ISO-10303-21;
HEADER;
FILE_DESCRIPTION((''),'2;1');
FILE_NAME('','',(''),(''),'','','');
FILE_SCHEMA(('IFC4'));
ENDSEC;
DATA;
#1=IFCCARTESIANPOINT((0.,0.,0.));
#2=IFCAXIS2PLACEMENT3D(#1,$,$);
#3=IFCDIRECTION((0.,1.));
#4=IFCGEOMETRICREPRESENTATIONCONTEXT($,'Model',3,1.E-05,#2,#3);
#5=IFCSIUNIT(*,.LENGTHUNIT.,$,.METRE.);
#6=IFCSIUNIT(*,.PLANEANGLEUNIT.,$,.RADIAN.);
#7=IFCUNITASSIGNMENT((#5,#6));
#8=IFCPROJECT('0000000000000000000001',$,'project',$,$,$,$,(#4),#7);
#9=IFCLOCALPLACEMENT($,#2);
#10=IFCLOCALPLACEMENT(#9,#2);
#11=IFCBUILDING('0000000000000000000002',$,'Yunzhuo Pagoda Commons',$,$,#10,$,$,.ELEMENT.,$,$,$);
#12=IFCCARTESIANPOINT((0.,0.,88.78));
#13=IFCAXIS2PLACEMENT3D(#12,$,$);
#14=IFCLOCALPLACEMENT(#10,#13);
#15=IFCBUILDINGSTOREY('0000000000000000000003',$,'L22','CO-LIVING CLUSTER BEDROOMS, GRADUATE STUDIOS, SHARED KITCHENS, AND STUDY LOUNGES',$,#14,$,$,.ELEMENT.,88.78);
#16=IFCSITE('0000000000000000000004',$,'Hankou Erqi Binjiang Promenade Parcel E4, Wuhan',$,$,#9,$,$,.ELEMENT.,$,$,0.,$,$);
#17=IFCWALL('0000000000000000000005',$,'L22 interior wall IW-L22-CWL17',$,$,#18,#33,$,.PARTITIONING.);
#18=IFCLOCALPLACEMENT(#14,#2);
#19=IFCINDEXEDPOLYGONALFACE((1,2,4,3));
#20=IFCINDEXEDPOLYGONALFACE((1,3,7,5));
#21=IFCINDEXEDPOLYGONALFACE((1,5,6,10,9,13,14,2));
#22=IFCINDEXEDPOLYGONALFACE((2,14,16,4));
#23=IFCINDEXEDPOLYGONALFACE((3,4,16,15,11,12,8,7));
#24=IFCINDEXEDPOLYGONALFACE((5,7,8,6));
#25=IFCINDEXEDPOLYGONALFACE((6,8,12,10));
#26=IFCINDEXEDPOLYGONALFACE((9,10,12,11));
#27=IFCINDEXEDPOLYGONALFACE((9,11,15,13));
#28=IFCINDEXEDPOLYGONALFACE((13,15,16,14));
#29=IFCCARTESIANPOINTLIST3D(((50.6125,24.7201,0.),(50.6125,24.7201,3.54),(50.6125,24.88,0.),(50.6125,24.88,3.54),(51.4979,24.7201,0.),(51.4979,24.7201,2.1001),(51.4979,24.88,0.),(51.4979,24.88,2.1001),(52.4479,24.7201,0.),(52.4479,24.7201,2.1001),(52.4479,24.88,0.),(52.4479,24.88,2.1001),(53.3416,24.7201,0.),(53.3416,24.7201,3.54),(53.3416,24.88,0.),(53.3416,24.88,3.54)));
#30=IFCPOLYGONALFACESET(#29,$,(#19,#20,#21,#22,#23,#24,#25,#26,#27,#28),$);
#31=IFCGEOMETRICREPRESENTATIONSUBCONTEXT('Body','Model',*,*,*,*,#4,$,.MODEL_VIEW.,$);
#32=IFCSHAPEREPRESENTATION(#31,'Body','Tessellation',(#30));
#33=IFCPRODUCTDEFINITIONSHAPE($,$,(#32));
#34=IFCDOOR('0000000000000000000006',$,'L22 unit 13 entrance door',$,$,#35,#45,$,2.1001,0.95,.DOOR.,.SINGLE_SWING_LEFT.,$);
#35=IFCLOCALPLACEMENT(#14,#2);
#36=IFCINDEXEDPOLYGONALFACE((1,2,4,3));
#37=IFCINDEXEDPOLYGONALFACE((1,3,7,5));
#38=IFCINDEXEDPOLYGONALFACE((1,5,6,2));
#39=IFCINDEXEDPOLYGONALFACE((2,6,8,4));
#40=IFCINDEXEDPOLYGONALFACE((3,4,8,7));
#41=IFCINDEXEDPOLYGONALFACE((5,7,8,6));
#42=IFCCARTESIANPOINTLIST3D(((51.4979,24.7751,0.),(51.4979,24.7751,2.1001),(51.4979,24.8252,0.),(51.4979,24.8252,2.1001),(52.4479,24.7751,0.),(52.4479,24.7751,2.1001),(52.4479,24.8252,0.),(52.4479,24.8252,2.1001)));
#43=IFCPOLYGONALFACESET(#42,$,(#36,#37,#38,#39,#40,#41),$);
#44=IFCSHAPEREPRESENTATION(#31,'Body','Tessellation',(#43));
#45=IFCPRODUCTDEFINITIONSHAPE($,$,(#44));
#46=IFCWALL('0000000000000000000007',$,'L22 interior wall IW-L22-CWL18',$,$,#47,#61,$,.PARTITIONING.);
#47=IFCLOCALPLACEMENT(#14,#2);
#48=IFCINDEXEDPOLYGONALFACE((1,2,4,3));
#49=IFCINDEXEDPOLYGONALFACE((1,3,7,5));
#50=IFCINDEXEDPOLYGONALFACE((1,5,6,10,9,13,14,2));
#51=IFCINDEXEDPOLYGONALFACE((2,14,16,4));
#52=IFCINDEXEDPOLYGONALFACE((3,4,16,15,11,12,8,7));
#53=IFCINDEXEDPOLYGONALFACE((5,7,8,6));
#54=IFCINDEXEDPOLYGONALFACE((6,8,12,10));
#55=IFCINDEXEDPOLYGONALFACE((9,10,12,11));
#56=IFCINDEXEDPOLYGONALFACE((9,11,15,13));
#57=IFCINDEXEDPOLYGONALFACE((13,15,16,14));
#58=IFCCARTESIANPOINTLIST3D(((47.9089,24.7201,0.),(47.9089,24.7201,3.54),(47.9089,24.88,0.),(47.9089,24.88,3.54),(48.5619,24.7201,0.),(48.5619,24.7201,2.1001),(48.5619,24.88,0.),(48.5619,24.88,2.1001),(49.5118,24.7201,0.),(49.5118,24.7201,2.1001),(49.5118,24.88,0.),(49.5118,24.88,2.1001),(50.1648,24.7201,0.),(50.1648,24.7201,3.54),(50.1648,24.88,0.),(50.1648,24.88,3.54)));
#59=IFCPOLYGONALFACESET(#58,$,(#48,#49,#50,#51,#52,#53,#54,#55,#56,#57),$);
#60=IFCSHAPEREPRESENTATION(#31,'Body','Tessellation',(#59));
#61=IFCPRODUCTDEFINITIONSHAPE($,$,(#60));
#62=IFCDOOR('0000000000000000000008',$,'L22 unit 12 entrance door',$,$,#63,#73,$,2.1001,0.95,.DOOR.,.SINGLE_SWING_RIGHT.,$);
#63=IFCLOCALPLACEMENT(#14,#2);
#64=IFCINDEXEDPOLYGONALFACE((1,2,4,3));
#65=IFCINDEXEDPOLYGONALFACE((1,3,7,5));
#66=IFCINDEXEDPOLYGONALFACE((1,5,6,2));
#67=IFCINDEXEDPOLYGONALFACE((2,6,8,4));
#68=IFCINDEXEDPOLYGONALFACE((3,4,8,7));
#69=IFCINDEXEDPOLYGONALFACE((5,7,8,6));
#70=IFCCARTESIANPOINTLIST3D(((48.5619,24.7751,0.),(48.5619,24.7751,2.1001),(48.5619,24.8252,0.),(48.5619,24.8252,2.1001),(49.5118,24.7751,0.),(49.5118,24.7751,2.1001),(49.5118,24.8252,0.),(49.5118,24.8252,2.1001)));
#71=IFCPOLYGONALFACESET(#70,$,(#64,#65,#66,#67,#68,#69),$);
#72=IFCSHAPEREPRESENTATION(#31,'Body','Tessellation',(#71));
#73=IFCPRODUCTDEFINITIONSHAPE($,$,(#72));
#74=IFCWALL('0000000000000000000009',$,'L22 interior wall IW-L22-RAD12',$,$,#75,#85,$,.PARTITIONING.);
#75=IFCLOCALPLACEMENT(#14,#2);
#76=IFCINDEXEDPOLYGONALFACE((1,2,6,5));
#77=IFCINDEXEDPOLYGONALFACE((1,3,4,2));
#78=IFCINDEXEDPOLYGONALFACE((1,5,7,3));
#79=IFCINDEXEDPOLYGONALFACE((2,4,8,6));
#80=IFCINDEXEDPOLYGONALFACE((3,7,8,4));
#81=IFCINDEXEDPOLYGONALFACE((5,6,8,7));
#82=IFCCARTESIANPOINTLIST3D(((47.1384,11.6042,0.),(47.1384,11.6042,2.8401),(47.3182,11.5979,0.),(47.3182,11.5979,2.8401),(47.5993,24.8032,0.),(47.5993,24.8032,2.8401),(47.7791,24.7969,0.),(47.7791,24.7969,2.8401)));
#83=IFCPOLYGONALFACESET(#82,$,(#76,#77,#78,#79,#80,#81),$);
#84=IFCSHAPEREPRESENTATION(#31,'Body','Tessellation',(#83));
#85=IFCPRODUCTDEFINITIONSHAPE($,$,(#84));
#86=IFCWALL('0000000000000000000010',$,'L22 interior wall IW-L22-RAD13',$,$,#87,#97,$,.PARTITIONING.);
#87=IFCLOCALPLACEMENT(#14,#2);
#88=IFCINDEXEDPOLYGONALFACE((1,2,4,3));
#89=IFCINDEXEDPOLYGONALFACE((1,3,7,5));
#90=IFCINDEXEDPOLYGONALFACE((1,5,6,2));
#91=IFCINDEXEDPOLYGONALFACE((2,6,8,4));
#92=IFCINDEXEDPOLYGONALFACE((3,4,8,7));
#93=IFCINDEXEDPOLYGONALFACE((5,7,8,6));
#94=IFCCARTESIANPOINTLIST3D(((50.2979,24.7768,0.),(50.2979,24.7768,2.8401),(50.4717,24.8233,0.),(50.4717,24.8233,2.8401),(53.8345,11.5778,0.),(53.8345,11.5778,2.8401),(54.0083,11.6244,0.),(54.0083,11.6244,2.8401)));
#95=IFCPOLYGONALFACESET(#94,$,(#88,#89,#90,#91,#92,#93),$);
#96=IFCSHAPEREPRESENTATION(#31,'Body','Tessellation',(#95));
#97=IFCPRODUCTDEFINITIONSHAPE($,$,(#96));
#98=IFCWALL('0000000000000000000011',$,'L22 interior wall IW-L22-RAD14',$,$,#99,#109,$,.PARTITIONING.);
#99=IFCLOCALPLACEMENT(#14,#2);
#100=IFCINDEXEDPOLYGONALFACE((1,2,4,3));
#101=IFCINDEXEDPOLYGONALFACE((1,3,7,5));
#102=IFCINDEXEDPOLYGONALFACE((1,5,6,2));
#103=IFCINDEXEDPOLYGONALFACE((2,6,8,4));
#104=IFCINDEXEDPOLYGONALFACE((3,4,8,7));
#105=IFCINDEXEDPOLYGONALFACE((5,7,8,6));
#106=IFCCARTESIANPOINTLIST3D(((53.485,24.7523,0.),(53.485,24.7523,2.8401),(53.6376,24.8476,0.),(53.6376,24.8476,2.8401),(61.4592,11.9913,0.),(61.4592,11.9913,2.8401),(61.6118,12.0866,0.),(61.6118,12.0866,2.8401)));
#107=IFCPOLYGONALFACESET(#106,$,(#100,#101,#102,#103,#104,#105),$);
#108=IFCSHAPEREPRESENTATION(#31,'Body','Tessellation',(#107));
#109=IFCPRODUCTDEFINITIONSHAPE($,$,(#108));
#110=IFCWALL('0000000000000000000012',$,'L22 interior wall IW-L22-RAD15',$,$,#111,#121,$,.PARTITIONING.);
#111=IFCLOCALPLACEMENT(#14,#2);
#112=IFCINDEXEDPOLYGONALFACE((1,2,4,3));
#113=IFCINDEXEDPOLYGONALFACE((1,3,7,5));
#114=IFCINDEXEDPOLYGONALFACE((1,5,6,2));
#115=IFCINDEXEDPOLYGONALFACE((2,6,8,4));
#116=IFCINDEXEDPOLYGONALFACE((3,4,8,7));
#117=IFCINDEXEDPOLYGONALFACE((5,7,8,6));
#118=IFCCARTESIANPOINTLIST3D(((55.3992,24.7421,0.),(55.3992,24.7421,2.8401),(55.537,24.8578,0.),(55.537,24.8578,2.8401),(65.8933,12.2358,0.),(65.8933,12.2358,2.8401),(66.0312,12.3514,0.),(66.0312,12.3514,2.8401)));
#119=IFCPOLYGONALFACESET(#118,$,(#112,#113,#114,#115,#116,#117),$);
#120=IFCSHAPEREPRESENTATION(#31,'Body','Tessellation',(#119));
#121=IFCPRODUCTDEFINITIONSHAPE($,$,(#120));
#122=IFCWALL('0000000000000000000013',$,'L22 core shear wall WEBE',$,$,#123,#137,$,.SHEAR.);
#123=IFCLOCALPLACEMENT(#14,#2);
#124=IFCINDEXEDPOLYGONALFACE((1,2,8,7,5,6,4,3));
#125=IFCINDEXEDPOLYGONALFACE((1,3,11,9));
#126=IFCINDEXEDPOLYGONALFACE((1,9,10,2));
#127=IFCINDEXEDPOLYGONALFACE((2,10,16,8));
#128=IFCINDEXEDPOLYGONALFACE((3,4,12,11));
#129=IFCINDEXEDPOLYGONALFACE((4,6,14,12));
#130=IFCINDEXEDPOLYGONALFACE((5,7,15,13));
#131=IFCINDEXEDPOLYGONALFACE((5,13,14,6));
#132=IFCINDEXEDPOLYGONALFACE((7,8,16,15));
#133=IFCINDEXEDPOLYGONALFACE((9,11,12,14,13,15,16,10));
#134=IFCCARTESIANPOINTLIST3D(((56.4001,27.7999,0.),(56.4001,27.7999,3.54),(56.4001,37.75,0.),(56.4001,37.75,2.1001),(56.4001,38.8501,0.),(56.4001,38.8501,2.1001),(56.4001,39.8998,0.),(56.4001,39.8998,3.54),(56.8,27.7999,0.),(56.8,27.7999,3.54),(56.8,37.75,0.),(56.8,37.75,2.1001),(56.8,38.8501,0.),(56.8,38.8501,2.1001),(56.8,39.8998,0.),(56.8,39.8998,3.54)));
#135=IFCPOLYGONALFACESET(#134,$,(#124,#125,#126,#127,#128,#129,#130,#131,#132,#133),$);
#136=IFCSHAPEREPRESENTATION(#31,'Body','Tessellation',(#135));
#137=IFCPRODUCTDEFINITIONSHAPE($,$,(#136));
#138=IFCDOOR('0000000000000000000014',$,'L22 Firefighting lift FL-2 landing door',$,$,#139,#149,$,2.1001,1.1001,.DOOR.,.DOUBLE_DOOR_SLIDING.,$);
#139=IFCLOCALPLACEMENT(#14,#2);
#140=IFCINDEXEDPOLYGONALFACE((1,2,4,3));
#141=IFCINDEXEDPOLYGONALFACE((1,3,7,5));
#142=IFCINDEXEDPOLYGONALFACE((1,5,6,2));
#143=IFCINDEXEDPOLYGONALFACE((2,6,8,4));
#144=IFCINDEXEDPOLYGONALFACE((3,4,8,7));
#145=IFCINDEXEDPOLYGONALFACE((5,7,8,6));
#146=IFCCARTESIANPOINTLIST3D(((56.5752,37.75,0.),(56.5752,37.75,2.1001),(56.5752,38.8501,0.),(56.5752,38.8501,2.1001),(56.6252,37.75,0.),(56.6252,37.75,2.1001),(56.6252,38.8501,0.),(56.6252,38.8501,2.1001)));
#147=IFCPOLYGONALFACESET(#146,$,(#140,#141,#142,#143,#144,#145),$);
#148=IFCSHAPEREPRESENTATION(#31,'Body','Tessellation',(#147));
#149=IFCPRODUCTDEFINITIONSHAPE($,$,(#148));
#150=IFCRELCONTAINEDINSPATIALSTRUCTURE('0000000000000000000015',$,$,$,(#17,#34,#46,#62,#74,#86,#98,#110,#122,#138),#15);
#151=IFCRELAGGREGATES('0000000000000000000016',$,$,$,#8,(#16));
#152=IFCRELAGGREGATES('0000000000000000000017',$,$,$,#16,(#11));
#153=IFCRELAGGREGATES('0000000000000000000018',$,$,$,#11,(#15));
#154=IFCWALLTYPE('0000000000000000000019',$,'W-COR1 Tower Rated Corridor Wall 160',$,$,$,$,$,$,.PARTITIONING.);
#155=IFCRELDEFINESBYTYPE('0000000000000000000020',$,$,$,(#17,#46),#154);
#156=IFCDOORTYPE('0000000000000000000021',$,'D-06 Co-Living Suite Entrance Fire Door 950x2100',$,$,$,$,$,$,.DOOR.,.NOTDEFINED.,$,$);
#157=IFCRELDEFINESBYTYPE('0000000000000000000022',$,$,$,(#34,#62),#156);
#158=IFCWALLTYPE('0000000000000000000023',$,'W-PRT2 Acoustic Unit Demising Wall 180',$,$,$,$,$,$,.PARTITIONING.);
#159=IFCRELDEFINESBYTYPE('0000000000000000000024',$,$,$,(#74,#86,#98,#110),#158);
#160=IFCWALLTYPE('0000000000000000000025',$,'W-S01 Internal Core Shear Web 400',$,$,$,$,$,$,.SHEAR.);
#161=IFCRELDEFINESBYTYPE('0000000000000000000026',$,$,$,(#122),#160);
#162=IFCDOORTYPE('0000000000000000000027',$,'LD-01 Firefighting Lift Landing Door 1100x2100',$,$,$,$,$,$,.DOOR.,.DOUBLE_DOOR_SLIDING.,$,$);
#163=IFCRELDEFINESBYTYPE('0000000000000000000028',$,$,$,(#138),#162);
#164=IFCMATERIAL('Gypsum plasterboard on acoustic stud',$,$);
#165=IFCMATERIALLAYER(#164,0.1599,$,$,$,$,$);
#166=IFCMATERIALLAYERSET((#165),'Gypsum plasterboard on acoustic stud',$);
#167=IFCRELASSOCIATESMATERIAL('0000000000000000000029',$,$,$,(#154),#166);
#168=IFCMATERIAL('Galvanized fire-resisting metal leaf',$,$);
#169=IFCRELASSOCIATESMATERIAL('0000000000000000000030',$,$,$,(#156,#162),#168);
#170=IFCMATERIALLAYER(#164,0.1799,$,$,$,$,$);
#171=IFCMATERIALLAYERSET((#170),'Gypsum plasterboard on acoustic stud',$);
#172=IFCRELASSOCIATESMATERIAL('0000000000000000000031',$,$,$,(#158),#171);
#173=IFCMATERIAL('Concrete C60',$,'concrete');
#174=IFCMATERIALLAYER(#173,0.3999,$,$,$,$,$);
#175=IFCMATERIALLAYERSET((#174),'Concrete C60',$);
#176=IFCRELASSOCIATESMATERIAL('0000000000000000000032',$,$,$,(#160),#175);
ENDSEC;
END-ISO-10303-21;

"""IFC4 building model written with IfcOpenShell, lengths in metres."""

from ifc_helpers import new_model, si_unit, direction, frame, frame_2d, origin, origin_with_axes, place, context, subcontext, project, spatial, rectangle, extrude, source, transform, mapped, material, layer, layer_set, type_object, element, fill, save


model = new_model("IFC4")

# Units and contexts
model_context = context("Model", 3, precision=1e-05, world=origin(), true_north=direction((0.0, 1.0)))
body_context = subcontext(model_context, "Body", "Model", "MODEL_VIEW")
ifc_project = project(units=[si_unit("LENGTHUNIT", "METRE"), si_unit("PLANEANGLEUNIT", "RADIAN")], contexts=[model_context])

# Site, building, storey
site_placement = place(None, origin())
site = spatial("IfcSite", under=ifc_project, at=site_placement, Name="Hankou Erqi Binjiang Promenade Parcel E4, Wuhan", CompositionType="ELEMENT", RefElevation=0.0)
building_placement = place(site_placement, origin())
building = spatial("IfcBuilding", under=site, at=building_placement, Name="Yunzhuo Pagoda Commons", CompositionType="ELEMENT")
storey_placement = place(building_placement, frame((0.0, 0.0, 88.78)))
storey = spatial("IfcBuildingStorey", under=building, at=storey_placement, Name="L22", Description="CO-LIVING CLUSTER BEDROOMS, GRADUATE STUDIOS, SHARED KITCHENS, AND STUDY LOUNGES", CompositionType="ELEMENT", Elevation=88.78)

# Shared definitions
ifc_material_1 = material(Name="Gypsum plasterboard on acoustic stud")
ifc_layer_1 = layer(ifc_material_1, 0.1599)
ifc_layer_set_1 = layer_set([ifc_layer_1], Name="Gypsum plasterboard on acoustic stud")
wall_type_1 = type_object("IfcWallType", Name="W-COR1 Tower Rated Corridor Wall 160", PredefinedType="PARTITIONING", material=ifc_layer_set_1)
ifc_material_2 = material(Name="Galvanized fire-resisting metal leaf")

# Walls, openings, doors
wall_1_placement = place(storey_placement, frame((53.3416, 24.8, 0.0), z_axis=(0.0, 0.0, 1.0), x_axis=(-1.0, 0.0, 0.0)))
wall_1 = element("IfcWall", 1, at=wall_1_placement, inside=storey, type_object=wall_type_1, Name="L22 interior wall IW-L22-CWL17", PredefinedType="PARTITIONING", context=body_context, shape_type="SweptSolid", body=[
    extrude(rectangle(XDim=2.729, YDim=0.1599, at=frame_2d((1.3645, 0.0))), origin(), (0.0, 0.0, 1.0), 3.54),
])
opening_1_placement = place(wall_1_placement, frame((0.8936, 0.0, 0.0)))
opening_1 = element("IfcOpeningElement", 2, at=opening_1_placement, cuts=wall_1, PredefinedType="OPENING", context=body_context, shape_type="SweptSolid", body=[
    extrude(rectangle(XDim=0.95, YDim=2.1001, at=frame_2d((0.4751, 1.05))), frame((0.0, 0.0898, 0.0), z_axis=(0.0, -1.0, 0.0), x_axis=(1.0, 0.0, 0.0)), (0.0, 0.0, 1.0), 0.1799),
])
door_type_1 = type_object("IfcDoorType", Name="D-06 Co-Living Suite Entrance Fire Door 950x2100", OperationType="NOTDEFINED", PredefinedType="DOOR", material=ifc_material_2)
shared_shape_1 = source(origin(), body_context, "Body", "SweptSolid", [
    extrude(rectangle(XDim=0.95, YDim=2.1001, at=frame_2d((0.4751, 1.05))), frame((0.0, 0.0249, 0.0), z_axis=(0.0, -1.0, 0.0), x_axis=(1.0, 0.0, 0.0)), (0.0, 0.0, 1.0), 0.05),
])
door_1_placement = place(opening_1_placement, origin_with_axes())
door_1 = element("IfcDoor", 3, at=door_1_placement, inside=storey, type_object=door_type_1, Name="L22 unit 13 entrance door", OperationType="SINGLE_SWING_LEFT", OverallHeight=2.1001, OverallWidth=0.95, PredefinedType="DOOR", context=body_context, shape_type="MappedRepresentation", body=[
    mapped(shared_shape_1, transform((0.0, 0.0, 0.0), scale=1.0)),
])
fill(opening_1, door_1)
wall_2_placement = place(storey_placement, frame((50.1648, 24.8, 0.0), z_axis=(0.0, 0.0, 1.0), x_axis=(-1.0, 0.0, 0.0)))
wall_2 = element("IfcWall", 4, at=wall_2_placement, inside=storey, type_object=wall_type_1, Name="L22 interior wall IW-L22-CWL18", PredefinedType="PARTITIONING", context=body_context, shape_type="SweptSolid", body=[
    extrude(rectangle(XDim=2.2559, YDim=0.1599, at=frame_2d((1.1279, 0.0))), origin(), (0.0, 0.0, 1.0), 3.54),
])
opening_2_placement = place(wall_2_placement, frame((0.6528, 0.0, 0.0)))
opening_2 = element("IfcOpeningElement", 5, at=opening_2_placement, cuts=wall_2, PredefinedType="OPENING", context=body_context, shape_type="SweptSolid", body=[
    extrude(rectangle(XDim=0.95, YDim=2.1001, at=frame_2d((0.4751, 1.05))), frame((0.0, 0.0898, 0.0), z_axis=(0.0, -1.0, 0.0), x_axis=(1.0, 0.0, 0.0)), (0.0, 0.0, 1.0), 0.1799),
])
door_2_placement = place(opening_2_placement, origin_with_axes())
door_2 = element("IfcDoor", 6, at=door_2_placement, inside=storey, type_object=door_type_1, Name="L22 unit 12 entrance door", OperationType="SINGLE_SWING_RIGHT", OverallHeight=2.1001, OverallWidth=0.95, PredefinedType="DOOR", context=body_context, shape_type="MappedRepresentation", body=[
    mapped(shared_shape_1, transform((0.0, 0.0, 0.0), scale=1.0)),
])
fill(opening_2, door_2)

# Walls
ifc_layer_2 = layer(ifc_material_1, 0.1799)
ifc_layer_set_2 = layer_set([ifc_layer_2], Name="Gypsum plasterboard on acoustic stud")
wall_type_2 = type_object("IfcWallType", Name="W-PRT2 Acoustic Unit Demising Wall 180", PredefinedType="PARTITIONING", material=ifc_layer_set_2)
wall_3_placement = place(storey_placement, frame((47.6892, 24.8, 0.0), z_axis=(0.0, 0.0, 1.0), x_axis=(-0.034901, -0.999391, 0.0)))
element("IfcWall", 7, at=wall_3_placement, inside=storey, type_object=wall_type_2, Name="L22 interior wall IW-L22-RAD12", PredefinedType="PARTITIONING", context=body_context, shape_type="SweptSolid", body=[
    extrude(rectangle(XDim=13.207, YDim=0.1799, at=frame_2d((6.6035, 0.0))), origin(), (0.0, 0.0, 1.0), 2.8401),
])
wall_4_placement = place(storey_placement, frame((50.3848, 24.8, 0.0), z_axis=(0.0, 0.0, 1.0), x_axis=(0.258817, -0.965926, 0.0)))
element("IfcWall", 8, at=wall_4_placement, inside=storey, type_object=wall_type_2, Name="L22 interior wall IW-L22-RAD13", PredefinedType="PARTITIONING", context=body_context, shape_type="SweptSolid", body=[
    extrude(rectangle(XDim=13.6646, YDim=0.1799, at=frame_2d((6.8323, 0.0))), origin(), (0.0, 0.0, 1.0), 2.8401),
])
wall_5_placement = place(storey_placement, frame((53.5613, 24.8, 0.0), z_axis=(0.0, 0.0, 1.0), x_axis=(0.529927, -0.848043, 0.0)))
element("IfcWall", 9, at=wall_5_placement, inside=storey, type_object=wall_type_2, Name="L22 interior wall IW-L22-RAD14", PredefinedType="PARTITIONING", context=body_context, shape_type="SweptSolid", body=[
    extrude(rectangle(XDim=15.0476, YDim=0.1799, at=frame_2d((7.5239, 0.0))), origin(), (0.0, 0.0, 1.0), 2.8401),
])
wall_6_placement = place(storey_placement, frame((55.468, 24.8, 0.0), z_axis=(0.0, 0.0, 1.0), x_axis=(0.64279, -0.766042, 0.0)))
element("IfcWall", 10, at=wall_6_placement, inside=storey, type_object=wall_type_2, Name="L22 interior wall IW-L22-RAD15", PredefinedType="PARTITIONING", context=body_context, shape_type="SweptSolid", body=[
    extrude(rectangle(XDim=16.3259, YDim=0.1799, at=frame_2d((8.1631, 0.0))), origin(), (0.0, 0.0, 1.0), 2.8401),
])

# Wall, opening, door
ifc_material_3 = material(Name="Concrete C60", Category="concrete")
ifc_layer_3 = layer(ifc_material_3, 0.3999)
ifc_layer_set_3 = layer_set([ifc_layer_3], Name="Concrete C60")
wall_type_3 = type_object("IfcWallType", Name="W-S01 Internal Core Shear Web 400", PredefinedType="SHEAR", material=ifc_layer_set_3)
wall_7_placement = place(storey_placement, frame((56.6001, 27.8, 0.0), z_axis=(0.0, 0.0, 1.0), x_axis=(0.0, 1.0, 0.0)))
wall_7 = element("IfcWall", 11, at=wall_7_placement, inside=storey, type_object=wall_type_3, Name="L22 core shear wall WEBE", PredefinedType="SHEAR", context=body_context, shape_type="SweptSolid", body=[
    extrude(rectangle(XDim=12.0999, YDim=0.3999, at=frame_2d((6.0498, 0.0))), origin(), (0.0, 0.0, 1.0), 3.54),
])
opening_3_placement = place(wall_7_placement, frame((9.95, 0.0, 0.0)))
opening_3 = element("IfcOpeningElement", 12, at=opening_3_placement, cuts=wall_7, PredefinedType="OPENING", context=body_context, shape_type="SweptSolid", body=[
    extrude(rectangle(XDim=1.1001, YDim=2.1001, at=frame_2d((0.55, 1.05))), frame((0.0, 0.21, 0.0), z_axis=(0.0, -1.0, 0.0), x_axis=(1.0, 0.0, 0.0)), (0.0, 0.0, 1.0), 0.4199),
])
door_type_2 = type_object("IfcDoorType", Name="LD-01 Firefighting Lift Landing Door 1100x2100", OperationType="DOUBLE_DOOR_SLIDING", PredefinedType="DOOR", material=ifc_material_2)
shared_shape_2 = source(origin(), body_context, "Body", "SweptSolid", [
    extrude(rectangle(XDim=1.1001, YDim=2.1001, at=frame_2d((0.55, 1.05))), frame((0.0, 0.0249, 0.0), z_axis=(0.0, -1.0, 0.0), x_axis=(1.0, 0.0, 0.0)), (0.0, 0.0, 1.0), 0.05),
])
door_3_placement = place(opening_3_placement, origin_with_axes())
door_3 = element("IfcDoor", 13, at=door_3_placement, inside=storey, type_object=door_type_2, Name="L22 Firefighting lift FL-2 landing door", OperationType="DOUBLE_DOOR_SLIDING", OverallHeight=2.1001, OverallWidth=1.1001, PredefinedType="DOOR", context=body_context, shape_type="MappedRepresentation", body=[
    mapped(shared_shape_2, transform((0.0, 0.0, 0.0), scale=1.0)),
])
fill(opening_3, door_3)

save(model, "model.ifc")
